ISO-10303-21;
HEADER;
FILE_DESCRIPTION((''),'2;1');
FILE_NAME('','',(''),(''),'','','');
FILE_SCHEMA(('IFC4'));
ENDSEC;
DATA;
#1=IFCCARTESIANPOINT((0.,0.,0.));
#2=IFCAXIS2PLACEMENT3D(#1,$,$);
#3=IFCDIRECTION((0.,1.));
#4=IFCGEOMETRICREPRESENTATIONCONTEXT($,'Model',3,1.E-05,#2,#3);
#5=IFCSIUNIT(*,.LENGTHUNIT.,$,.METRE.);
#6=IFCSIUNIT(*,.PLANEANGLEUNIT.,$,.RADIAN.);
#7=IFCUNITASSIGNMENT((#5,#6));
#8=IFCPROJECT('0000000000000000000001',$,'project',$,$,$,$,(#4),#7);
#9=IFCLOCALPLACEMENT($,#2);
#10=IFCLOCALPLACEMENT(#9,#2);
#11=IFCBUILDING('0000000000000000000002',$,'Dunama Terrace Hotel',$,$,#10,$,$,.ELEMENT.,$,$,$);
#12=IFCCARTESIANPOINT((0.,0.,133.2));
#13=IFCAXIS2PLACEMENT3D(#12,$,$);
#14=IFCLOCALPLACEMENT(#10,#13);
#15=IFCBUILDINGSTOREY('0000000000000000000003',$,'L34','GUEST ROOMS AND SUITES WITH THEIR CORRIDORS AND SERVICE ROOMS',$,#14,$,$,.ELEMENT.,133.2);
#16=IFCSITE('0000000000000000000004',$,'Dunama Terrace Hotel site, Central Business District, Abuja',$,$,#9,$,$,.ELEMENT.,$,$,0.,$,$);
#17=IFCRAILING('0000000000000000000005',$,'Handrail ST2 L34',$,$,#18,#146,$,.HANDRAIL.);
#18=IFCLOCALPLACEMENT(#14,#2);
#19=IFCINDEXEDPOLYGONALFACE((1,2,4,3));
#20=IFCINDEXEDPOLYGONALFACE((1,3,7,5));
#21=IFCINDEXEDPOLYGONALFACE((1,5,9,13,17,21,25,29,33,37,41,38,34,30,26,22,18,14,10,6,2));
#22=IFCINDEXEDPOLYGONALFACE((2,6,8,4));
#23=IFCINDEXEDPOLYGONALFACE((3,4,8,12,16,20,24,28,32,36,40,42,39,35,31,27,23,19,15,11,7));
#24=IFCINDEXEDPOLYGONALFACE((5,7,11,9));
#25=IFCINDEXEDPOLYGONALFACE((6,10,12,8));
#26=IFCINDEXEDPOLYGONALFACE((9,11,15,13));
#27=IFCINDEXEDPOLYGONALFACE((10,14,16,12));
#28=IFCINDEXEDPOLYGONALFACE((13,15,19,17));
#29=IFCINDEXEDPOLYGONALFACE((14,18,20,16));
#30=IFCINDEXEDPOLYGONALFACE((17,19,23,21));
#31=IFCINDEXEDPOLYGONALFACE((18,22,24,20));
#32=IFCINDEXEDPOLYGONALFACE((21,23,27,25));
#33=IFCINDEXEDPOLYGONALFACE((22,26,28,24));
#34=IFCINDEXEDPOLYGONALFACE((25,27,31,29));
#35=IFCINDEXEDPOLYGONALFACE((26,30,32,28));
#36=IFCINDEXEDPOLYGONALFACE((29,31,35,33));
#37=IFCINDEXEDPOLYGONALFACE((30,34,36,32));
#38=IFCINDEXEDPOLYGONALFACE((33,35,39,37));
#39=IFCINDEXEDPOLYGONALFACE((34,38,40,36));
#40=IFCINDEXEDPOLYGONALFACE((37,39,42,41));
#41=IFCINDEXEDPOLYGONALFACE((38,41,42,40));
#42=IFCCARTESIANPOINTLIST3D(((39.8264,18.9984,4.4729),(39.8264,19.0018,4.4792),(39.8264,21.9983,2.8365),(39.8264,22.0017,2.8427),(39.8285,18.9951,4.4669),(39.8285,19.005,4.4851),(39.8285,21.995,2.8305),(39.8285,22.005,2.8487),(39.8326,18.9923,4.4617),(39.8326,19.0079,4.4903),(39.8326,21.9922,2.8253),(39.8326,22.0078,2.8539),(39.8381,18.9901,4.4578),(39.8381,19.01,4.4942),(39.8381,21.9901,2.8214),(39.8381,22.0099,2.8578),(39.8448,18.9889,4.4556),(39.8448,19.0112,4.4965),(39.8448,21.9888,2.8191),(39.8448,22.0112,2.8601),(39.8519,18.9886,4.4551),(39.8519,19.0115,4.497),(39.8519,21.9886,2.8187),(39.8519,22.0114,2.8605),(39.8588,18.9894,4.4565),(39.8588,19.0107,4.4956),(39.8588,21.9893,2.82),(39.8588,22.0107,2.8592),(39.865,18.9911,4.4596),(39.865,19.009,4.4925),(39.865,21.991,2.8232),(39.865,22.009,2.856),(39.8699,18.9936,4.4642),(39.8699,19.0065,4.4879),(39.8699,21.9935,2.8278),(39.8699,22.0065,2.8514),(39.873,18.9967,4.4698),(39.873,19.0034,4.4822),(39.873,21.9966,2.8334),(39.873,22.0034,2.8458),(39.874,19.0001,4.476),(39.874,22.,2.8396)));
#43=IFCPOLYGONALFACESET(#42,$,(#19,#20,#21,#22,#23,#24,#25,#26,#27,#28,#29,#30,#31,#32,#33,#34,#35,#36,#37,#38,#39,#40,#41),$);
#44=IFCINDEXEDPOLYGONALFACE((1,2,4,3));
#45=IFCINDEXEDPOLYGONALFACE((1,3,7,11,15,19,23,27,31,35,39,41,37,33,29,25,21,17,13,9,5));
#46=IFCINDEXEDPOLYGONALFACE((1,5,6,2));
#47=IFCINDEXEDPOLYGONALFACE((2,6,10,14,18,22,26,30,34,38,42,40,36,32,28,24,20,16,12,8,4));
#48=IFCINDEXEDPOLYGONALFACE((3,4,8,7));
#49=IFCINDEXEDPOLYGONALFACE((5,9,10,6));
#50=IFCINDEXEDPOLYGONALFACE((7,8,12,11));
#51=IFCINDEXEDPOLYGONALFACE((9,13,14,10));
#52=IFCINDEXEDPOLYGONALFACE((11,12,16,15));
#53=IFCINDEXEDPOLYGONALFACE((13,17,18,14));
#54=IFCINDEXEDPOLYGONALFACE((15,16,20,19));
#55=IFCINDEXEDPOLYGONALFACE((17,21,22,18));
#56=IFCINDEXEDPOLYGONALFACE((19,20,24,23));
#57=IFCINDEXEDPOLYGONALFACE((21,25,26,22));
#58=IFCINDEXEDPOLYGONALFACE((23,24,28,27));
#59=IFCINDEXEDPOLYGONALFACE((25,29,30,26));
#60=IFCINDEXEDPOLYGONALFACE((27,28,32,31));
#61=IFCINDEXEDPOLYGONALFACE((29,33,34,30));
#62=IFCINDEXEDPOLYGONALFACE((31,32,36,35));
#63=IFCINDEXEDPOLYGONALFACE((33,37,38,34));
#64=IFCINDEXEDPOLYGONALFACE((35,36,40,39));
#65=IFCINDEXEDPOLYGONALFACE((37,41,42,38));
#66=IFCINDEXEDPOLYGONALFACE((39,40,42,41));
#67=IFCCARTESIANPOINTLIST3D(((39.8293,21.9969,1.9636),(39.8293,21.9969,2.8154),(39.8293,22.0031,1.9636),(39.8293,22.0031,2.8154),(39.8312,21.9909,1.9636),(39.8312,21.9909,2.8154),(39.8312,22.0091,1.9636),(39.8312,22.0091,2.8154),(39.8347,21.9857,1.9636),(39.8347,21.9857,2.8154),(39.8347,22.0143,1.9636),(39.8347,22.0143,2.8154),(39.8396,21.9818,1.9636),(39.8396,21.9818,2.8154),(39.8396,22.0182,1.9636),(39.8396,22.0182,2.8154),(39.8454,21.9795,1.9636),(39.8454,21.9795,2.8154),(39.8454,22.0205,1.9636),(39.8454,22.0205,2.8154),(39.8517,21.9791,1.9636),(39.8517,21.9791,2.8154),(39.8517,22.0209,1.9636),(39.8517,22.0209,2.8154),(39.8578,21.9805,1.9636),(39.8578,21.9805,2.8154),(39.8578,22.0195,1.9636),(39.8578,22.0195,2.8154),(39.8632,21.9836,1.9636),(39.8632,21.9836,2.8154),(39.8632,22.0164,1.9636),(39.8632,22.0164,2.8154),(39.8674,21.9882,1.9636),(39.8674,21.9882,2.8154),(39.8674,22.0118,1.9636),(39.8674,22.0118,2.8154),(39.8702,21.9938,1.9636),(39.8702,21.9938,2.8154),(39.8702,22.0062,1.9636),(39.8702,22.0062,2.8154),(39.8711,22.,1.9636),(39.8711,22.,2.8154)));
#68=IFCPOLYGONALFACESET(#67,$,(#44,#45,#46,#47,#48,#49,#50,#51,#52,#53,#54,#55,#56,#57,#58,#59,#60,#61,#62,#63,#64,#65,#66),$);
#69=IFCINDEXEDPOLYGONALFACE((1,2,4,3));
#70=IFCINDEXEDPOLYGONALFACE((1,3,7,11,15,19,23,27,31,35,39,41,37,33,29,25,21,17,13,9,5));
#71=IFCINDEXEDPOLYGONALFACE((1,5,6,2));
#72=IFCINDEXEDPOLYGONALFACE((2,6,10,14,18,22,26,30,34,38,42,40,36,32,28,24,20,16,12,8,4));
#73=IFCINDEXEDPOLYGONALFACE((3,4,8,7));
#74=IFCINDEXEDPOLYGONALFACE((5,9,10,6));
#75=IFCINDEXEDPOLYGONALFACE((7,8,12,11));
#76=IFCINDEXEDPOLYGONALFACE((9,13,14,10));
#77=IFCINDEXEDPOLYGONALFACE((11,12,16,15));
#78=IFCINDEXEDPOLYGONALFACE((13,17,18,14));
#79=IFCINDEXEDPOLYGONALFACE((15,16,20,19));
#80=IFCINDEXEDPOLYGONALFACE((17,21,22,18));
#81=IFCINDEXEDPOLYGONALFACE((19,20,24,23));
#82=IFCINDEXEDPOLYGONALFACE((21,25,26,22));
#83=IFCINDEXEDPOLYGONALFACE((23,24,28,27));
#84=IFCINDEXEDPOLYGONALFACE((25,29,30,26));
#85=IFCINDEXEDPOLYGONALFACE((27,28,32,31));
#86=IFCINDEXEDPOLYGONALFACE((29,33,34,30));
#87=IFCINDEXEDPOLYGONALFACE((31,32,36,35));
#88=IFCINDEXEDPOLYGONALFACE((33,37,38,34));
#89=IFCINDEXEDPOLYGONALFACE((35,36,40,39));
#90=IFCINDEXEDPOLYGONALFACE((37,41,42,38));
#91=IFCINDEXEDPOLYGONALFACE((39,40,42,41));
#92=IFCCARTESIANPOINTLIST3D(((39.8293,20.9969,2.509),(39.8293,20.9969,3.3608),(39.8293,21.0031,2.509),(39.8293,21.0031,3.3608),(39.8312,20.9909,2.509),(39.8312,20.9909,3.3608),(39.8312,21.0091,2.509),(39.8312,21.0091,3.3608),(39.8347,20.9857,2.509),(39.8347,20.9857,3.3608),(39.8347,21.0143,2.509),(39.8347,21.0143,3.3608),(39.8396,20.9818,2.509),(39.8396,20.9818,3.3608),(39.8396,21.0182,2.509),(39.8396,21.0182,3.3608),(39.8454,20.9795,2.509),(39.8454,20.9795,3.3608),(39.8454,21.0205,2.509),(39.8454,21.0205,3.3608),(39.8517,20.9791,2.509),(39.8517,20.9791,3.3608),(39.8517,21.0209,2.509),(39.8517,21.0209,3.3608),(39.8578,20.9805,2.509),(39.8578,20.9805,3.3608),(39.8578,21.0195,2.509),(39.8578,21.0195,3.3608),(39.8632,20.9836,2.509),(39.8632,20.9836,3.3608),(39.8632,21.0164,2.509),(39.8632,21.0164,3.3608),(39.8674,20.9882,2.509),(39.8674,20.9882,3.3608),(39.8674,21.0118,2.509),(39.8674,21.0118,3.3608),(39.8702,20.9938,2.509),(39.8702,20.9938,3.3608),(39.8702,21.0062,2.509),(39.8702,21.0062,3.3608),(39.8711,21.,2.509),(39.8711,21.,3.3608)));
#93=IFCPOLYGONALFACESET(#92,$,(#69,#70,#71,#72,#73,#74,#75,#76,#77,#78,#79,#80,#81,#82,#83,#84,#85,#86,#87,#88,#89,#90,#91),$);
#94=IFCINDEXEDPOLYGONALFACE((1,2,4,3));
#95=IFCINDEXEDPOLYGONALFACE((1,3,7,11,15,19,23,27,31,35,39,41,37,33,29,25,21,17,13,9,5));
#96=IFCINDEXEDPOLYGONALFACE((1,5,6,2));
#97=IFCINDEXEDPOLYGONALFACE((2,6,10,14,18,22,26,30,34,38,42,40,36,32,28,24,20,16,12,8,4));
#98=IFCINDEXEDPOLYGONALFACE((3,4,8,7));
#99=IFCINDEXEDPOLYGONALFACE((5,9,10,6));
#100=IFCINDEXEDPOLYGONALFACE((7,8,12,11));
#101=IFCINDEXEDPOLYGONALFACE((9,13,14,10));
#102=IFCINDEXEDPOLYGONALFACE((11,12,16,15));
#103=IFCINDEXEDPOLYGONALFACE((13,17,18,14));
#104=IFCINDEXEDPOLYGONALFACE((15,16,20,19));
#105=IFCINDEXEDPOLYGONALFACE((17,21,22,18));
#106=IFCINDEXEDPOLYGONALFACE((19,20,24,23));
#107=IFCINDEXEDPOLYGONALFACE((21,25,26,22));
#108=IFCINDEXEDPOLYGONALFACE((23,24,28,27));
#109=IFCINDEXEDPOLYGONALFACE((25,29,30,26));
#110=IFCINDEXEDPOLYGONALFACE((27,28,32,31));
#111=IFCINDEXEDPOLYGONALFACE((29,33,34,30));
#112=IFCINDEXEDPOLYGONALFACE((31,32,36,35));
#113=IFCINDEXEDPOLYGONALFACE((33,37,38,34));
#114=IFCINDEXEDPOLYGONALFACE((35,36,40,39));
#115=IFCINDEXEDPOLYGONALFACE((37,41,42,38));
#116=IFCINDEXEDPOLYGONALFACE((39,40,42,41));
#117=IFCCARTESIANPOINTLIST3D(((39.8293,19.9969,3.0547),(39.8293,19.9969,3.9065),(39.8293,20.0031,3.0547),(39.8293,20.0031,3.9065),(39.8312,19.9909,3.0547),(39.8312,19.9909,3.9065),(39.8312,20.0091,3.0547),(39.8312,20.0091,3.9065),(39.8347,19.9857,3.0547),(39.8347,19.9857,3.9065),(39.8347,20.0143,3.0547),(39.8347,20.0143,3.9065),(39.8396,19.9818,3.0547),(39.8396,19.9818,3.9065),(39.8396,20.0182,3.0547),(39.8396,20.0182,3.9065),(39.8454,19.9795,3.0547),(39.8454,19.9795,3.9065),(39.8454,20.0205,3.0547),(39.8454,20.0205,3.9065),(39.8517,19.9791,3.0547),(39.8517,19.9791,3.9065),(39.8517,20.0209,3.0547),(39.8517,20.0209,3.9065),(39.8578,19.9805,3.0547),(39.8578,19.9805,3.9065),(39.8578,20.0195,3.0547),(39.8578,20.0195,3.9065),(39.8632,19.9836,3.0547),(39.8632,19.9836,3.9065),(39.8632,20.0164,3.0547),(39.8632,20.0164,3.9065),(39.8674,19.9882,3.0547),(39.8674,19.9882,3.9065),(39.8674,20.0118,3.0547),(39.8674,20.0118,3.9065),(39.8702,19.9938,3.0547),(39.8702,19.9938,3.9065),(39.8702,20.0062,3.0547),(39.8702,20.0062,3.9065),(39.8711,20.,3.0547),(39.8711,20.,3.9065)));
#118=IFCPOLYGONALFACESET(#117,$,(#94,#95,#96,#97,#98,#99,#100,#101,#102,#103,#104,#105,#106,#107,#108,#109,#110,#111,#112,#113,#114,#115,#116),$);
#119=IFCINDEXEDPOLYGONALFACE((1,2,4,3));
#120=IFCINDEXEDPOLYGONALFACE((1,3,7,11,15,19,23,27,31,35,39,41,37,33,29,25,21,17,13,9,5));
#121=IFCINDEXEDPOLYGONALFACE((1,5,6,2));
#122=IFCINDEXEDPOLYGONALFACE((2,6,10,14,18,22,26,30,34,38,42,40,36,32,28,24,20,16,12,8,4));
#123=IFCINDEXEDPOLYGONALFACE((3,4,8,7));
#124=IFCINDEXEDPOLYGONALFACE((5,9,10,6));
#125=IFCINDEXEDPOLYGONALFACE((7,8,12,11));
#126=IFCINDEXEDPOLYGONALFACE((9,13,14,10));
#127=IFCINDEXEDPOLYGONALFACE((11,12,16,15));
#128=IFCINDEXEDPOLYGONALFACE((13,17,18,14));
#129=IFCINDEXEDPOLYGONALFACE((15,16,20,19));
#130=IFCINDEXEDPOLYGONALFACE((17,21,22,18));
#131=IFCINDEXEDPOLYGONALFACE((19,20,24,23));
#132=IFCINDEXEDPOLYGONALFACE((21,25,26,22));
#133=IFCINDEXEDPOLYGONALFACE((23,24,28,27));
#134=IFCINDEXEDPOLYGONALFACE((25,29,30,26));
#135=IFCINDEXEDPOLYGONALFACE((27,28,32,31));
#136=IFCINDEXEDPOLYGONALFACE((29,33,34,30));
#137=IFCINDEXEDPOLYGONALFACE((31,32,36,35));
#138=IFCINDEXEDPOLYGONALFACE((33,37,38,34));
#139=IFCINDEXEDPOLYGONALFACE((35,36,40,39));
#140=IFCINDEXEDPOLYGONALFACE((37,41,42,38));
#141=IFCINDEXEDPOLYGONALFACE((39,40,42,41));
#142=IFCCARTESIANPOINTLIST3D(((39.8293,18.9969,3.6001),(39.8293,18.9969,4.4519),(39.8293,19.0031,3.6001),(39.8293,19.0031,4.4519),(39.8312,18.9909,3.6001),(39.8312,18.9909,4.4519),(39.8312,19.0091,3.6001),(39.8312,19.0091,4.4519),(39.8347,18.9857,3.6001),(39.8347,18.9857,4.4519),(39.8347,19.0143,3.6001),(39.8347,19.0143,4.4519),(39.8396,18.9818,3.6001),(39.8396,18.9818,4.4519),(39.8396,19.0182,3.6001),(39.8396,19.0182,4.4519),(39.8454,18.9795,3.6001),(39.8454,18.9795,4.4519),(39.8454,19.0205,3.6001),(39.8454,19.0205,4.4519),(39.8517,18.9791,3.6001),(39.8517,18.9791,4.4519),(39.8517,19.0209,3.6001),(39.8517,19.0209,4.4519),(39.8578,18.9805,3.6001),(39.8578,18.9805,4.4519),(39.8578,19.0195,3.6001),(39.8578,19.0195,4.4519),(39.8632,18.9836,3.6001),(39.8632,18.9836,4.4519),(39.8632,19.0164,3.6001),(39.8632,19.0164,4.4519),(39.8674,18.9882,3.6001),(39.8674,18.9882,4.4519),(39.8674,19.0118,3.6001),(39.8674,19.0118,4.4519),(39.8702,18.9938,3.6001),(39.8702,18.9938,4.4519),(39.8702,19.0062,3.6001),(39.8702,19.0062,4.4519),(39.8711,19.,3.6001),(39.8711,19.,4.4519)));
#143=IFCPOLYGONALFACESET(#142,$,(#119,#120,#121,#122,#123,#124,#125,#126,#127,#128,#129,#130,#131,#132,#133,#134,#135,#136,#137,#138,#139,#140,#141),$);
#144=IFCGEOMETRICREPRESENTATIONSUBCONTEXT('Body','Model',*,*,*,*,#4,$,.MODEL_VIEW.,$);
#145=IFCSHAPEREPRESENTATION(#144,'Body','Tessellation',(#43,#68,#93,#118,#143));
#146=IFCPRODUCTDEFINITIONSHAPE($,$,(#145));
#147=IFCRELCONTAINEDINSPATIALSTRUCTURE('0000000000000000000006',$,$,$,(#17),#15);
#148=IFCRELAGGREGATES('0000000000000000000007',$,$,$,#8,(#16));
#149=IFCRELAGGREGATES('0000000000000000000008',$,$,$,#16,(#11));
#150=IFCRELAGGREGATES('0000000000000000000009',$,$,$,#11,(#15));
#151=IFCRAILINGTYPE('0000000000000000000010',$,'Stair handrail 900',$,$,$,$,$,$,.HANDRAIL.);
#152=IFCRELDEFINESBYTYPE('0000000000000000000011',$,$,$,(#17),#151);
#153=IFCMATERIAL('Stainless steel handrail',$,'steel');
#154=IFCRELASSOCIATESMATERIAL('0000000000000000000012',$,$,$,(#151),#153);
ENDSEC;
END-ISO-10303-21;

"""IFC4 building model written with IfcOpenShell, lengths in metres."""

from ifc_helpers import new_model, si_unit, direction, frame, origin, origin_2d, place, context, subcontext, project, spatial, circle, extrude, material, type_object, element, save


model = new_model("IFC4")

# Units and contexts
model_context = context("Model", 3, precision=1e-05, world=origin(), true_north=direction((0.0, 1.0)))
body_context = subcontext(model_context, "Body", "Model", "MODEL_VIEW")
ifc_project = project(units=[si_unit("LENGTHUNIT", "METRE"), si_unit("PLANEANGLEUNIT", "RADIAN")], contexts=[model_context])

# Site, building, storey
site_placement = place(None, origin())
site = spatial("IfcSite", under=ifc_project, at=site_placement, Name="Dunama Terrace Hotel site, Central Business District, Abuja", CompositionType="ELEMENT", RefElevation=0.0)
building_placement = place(site_placement, origin())
building = spatial("IfcBuilding", under=site, at=building_placement, Name="Dunama Terrace Hotel", CompositionType="ELEMENT")
storey_placement = place(building_placement, frame((0.0, 0.0, 133.2)))
storey = spatial("IfcBuildingStorey", under=building, at=storey_placement, Name="L34", Description="GUEST ROOMS AND SUITES WITH THEIR CORRIDORS AND SERVICE ROOMS", CompositionType="ELEMENT", Elevation=133.2)

# Railing
ifc_material_1 = material(Name="Stainless steel handrail", Category="steel")
railing_type = type_object("IfcRailingType", Name="Stair handrail 900", PredefinedType="HANDRAIL", material=ifc_material_1)
railing_1_placement = place(storey_placement, frame((39.8501, 22.0, 1.9636)))
element("IfcRailing", 1, at=railing_1_placement, inside=storey, type_object=railing_type, Name="Handrail ST2 L34", PredefinedType="HANDRAIL", context=body_context, shape_type="SweptSolid", body=[
    extrude(circle(Radius=0.0239, at=origin_2d()), frame((0.0, 0.0, 0.876), z_axis=(0.0, -0.877882, 0.478877), x_axis=(1.0, 0.0, 0.0)), (0.0, 0.0, 1.0), 3.4172),
    extrude(circle(Radius=0.021, at=origin_2d()), origin(), (0.0, 0.0, 1.0), 0.8518),
    extrude(circle(Radius=0.021, at=origin_2d()), frame((0.0, -1.0, 0.5454)), (0.0, 0.0, 1.0), 0.8518),
    extrude(circle(Radius=0.021, at=origin_2d()), frame((0.0, -2.0, 1.0911)), (0.0, 0.0, 1.0), 0.8518),
    extrude(circle(Radius=0.021, at=origin_2d()), frame((0.0, -3.0, 1.6365)), (0.0, 0.0, 1.0), 0.8518),
])

save(model, "model.ifc")
